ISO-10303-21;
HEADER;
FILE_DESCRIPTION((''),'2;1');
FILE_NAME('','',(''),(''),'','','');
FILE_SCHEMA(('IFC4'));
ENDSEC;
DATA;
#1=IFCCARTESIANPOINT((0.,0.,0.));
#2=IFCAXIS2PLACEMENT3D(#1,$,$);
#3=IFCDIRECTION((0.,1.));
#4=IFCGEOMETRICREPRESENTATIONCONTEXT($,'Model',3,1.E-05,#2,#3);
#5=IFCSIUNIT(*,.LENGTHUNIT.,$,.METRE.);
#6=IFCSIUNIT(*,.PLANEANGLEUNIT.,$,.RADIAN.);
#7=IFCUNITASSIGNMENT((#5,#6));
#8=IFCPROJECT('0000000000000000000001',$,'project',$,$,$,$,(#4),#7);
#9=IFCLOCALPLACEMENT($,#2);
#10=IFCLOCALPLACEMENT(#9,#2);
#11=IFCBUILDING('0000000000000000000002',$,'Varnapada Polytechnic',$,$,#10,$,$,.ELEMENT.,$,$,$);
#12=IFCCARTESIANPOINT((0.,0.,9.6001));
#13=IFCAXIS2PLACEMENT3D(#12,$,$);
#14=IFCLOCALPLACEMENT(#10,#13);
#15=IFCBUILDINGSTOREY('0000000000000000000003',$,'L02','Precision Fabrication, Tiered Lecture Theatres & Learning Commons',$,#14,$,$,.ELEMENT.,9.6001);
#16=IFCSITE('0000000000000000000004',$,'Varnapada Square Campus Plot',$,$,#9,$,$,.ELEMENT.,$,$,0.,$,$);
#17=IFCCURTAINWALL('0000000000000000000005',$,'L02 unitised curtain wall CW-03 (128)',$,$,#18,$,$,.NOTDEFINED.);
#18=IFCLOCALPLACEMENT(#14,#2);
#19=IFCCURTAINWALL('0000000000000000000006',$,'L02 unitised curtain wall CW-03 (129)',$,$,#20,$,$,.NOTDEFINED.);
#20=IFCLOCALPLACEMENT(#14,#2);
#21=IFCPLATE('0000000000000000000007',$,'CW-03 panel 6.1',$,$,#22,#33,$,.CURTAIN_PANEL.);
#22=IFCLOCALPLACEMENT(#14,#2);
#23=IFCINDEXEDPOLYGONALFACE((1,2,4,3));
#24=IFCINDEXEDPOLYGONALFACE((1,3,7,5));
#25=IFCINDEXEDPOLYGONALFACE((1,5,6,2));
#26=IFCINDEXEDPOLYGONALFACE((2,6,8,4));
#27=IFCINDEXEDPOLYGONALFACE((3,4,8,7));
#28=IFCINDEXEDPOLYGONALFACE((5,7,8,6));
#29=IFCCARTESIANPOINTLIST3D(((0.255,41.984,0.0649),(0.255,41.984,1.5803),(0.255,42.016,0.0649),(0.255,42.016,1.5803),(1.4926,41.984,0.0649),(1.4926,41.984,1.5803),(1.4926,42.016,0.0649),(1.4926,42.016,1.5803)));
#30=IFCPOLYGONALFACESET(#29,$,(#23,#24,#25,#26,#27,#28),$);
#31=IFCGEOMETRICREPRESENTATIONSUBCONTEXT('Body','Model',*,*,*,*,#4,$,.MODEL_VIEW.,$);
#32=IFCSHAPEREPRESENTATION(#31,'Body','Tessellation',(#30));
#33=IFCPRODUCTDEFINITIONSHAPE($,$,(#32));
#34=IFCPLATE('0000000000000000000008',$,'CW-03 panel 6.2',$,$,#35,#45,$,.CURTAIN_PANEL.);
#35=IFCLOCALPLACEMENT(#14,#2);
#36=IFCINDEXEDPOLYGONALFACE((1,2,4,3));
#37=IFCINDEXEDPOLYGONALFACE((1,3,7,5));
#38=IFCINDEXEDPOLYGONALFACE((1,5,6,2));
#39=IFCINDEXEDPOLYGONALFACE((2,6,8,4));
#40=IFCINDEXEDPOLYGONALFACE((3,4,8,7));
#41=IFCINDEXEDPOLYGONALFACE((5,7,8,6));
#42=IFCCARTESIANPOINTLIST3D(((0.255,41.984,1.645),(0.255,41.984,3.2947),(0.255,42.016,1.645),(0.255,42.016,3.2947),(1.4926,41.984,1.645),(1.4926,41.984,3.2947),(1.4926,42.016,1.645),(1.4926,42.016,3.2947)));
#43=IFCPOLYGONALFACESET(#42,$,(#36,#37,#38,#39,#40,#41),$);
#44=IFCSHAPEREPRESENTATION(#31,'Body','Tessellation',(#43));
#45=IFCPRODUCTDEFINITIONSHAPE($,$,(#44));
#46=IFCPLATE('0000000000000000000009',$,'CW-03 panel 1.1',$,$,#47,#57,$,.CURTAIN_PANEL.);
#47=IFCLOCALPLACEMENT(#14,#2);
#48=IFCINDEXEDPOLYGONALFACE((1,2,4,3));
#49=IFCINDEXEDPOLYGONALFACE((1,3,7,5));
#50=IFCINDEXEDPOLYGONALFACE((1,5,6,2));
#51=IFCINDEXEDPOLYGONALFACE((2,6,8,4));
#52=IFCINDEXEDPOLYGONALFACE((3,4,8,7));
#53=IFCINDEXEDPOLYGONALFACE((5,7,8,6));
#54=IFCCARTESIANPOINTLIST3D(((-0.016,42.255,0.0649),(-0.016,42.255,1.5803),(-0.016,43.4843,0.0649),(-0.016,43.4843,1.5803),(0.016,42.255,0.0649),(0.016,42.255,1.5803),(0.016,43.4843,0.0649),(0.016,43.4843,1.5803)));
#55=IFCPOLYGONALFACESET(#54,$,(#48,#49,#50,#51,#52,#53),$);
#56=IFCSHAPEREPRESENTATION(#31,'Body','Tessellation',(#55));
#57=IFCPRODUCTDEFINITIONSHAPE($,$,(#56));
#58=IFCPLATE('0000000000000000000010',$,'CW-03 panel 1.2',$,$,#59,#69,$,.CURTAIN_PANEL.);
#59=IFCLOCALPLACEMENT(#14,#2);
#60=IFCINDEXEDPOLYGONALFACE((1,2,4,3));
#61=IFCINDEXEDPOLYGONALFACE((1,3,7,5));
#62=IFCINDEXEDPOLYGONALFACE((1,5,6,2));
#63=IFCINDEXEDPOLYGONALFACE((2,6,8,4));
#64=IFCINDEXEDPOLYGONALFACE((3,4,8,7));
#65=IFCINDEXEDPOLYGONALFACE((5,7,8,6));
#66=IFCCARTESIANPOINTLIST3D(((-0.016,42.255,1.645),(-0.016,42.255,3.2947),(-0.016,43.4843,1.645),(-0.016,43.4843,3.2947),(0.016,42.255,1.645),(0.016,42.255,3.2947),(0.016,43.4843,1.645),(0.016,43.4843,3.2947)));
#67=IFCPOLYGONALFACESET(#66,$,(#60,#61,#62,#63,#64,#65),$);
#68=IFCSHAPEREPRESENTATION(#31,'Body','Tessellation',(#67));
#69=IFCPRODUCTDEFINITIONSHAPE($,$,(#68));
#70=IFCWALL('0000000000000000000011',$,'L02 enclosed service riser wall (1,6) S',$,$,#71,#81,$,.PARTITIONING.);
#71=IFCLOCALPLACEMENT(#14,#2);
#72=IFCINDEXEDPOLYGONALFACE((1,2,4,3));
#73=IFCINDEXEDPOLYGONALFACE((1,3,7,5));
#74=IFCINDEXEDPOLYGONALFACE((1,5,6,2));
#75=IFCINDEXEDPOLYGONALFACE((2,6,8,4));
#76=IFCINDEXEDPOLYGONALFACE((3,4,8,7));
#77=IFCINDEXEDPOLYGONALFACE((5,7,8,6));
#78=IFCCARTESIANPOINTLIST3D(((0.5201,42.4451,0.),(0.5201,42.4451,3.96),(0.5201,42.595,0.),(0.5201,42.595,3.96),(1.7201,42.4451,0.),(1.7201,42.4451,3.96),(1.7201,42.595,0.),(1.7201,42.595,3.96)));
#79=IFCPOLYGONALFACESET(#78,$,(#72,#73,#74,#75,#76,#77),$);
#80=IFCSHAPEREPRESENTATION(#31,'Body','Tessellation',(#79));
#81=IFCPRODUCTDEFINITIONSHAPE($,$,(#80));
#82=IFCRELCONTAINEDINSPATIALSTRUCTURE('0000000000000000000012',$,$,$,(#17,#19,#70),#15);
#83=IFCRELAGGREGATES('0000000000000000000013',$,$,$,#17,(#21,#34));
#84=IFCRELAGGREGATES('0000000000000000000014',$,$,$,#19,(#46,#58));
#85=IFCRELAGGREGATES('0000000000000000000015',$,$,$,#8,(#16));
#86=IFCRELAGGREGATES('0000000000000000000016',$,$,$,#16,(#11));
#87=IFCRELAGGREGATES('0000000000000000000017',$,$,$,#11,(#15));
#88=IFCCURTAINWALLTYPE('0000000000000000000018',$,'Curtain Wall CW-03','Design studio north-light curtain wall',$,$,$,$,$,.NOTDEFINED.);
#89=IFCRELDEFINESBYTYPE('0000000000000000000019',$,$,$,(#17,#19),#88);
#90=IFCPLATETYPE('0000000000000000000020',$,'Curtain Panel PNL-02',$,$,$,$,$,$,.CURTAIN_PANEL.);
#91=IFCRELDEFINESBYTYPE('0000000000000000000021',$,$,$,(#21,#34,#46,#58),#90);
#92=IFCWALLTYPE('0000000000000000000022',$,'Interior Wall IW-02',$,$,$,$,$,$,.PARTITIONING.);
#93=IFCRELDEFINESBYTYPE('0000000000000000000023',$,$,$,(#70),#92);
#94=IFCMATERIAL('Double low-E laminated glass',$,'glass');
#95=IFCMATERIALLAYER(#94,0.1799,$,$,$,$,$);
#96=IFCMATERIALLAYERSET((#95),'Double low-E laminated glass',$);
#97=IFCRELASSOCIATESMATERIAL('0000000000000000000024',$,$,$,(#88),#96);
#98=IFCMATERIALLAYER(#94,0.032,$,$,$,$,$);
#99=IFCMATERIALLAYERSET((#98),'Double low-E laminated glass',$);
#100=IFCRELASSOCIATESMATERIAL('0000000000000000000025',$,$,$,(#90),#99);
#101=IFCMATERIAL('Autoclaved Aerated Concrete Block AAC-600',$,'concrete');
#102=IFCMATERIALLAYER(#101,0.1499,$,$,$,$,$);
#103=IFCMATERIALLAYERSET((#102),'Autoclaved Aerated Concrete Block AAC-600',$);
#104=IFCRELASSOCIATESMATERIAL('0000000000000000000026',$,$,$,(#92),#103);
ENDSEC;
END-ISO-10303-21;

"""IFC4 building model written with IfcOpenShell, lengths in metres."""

from ifc_helpers import new_model, si_unit, direction, frame, frame_2d, origin, origin_2d, place, context, subcontext, project, spatial, rectangle, extrude, material, layer, layer_set, type_object, element, aggregate, save


model = new_model("IFC4")

# Units and contexts
model_context = context("Model", 3, precision=1e-05, world=origin(), true_north=direction((0.0, 1.0)))
body_context = subcontext(model_context, "Body", "Model", "MODEL_VIEW")
ifc_project = project(units=[si_unit("LENGTHUNIT", "METRE"), si_unit("PLANEANGLEUNIT", "RADIAN")], contexts=[model_context])

# Site, building, storey
site_placement = place(None, origin())
site = spatial("IfcSite", under=ifc_project, at=site_placement, Name="Varnapada Square Campus Plot", CompositionType="ELEMENT", RefElevation=0.0)
building_placement = place(site_placement, origin())
building = spatial("IfcBuilding", under=site, at=building_placement, Name="Varnapada Polytechnic", CompositionType="ELEMENT")
storey_placement = place(building_placement, frame((0.0, 0.0, 9.6001)))
storey = spatial("IfcBuildingStorey", under=building, at=storey_placement, Name="L02", Description="Precision Fabrication, Tiered Lecture Theatres & Learning Commons", CompositionType="ELEMENT", Elevation=9.6001)

# Curtain walls
ifc_material_1 = material(Name="Double low-E laminated glass", Category="glass")
ifc_layer_1 = layer(ifc_material_1, 0.1799)
ifc_layer_set_1 = layer_set([ifc_layer_1], Name="Double low-E laminated glass")
curtain_wall_type = type_object("IfcCurtainWallType", Name="Curtain Wall CW-03", Description="Design studio north-light curtain wall", PredefinedType="NOTDEFINED", material=ifc_layer_set_1)
curtain_wall_1_placement = place(storey_placement, origin())
curtain_wall_1 = element("IfcCurtainWall", 1, at=curtain_wall_1_placement, inside=storey, type_object=curtain_wall_type, Name="L02 unitised curtain wall CW-03 (128)", PredefinedType="NOTDEFINED")
curtain_wall_2_placement = place(storey_placement, origin())
curtain_wall_2 = element("IfcCurtainWall", 2, at=curtain_wall_2_placement, inside=storey, type_object=curtain_wall_type, Name="L02 unitised curtain wall CW-03 (129)", PredefinedType="NOTDEFINED")

# Plates
ifc_layer_2 = layer(ifc_material_1, 0.032)
ifc_layer_set_2 = layer_set([ifc_layer_2], Name="Double low-E laminated glass")
plate_type = type_object("IfcPlateType", Name="Curtain Panel PNL-02", PredefinedType="CURTAIN_PANEL", material=ifc_layer_set_2)
plate_1_placement = place(storey_placement, frame((0.8738, 42.0, 0.0649), z_axis=(0.0, 0.0, 1.0), x_axis=(-1.0, 0.0, 0.0)))
plate_1 = element("IfcPlate", 3, at=plate_1_placement, type_object=plate_type, Name="CW-03 panel 6.1", PredefinedType="CURTAIN_PANEL", context=body_context, shape_type="SweptSolid", body=[
    extrude(rectangle(XDim=1.2375, YDim=0.032, at=origin_2d()), origin(), (0.0, 0.0, 1.0), 1.5154),
])
plate_2_placement = place(storey_placement, frame((0.8738, 42.0, 1.645), z_axis=(0.0, 0.0, 1.0), x_axis=(-1.0, 0.0, 0.0)))
plate_2 = element("IfcPlate", 4, at=plate_2_placement, type_object=plate_type, Name="CW-03 panel 6.2", PredefinedType="CURTAIN_PANEL", context=body_context, shape_type="SweptSolid", body=[
    extrude(rectangle(XDim=1.2375, YDim=0.032, at=origin_2d()), origin(), (0.0, 0.0, 1.0), 1.6497),
])
aggregate(curtain_wall_1, [plate_1, plate_2])
plate_3_placement = place(storey_placement, frame((0.0, 42.8696, 0.0649), z_axis=(0.0, 0.0, 1.0), x_axis=(0.0, 1.0, 0.0)))
plate_3 = element("IfcPlate", 5, at=plate_3_placement, type_object=plate_type, Name="CW-03 panel 1.1", PredefinedType="CURTAIN_PANEL", context=body_context, shape_type="SweptSolid", body=[
    extrude(rectangle(XDim=1.2292, YDim=0.032, at=origin_2d()), origin(), (0.0, 0.0, 1.0), 1.5154),
])
plate_4_placement = place(storey_placement, frame((0.0, 42.8696, 1.645), z_axis=(0.0, 0.0, 1.0), x_axis=(0.0, 1.0, 0.0)))
plate_4 = element("IfcPlate", 6, at=plate_4_placement, type_object=plate_type, Name="CW-03 panel 1.2", PredefinedType="CURTAIN_PANEL", context=body_context, shape_type="SweptSolid", body=[
    extrude(rectangle(XDim=1.2292, YDim=0.032, at=origin_2d()), origin(), (0.0, 0.0, 1.0), 1.6497),
])
aggregate(curtain_wall_2, [plate_3, plate_4])

# Wall
ifc_material_2 = material(Name="Autoclaved Aerated Concrete Block AAC-600", Category="concrete")
ifc_layer_3 = layer(ifc_material_2, 0.1499)
ifc_layer_set_3 = layer_set([ifc_layer_3], Name="Autoclaved Aerated Concrete Block AAC-600")
wall_type = type_object("IfcWallType", Name="Interior Wall IW-02", PredefinedType="PARTITIONING", material=ifc_layer_set_3)
wall_placement = place(storey_placement, frame((0.52, 42.52, 0.0), z_axis=(0.0, 0.0, 1.0), x_axis=(1.0, 0.0, 0.0)))
element("IfcWall", 7, at=wall_placement, inside=storey, type_object=wall_type, Name="L02 enclosed service riser wall (1,6) S", PredefinedType="PARTITIONING", context=body_context, shape_type="SweptSolid", body=[
    extrude(rectangle(XDim=1.2, YDim=0.1499, at=frame_2d((0.6001, 0.0))), origin(), (0.0, 0.0, 1.0), 3.96),
])

save(model, "model.ifc")
